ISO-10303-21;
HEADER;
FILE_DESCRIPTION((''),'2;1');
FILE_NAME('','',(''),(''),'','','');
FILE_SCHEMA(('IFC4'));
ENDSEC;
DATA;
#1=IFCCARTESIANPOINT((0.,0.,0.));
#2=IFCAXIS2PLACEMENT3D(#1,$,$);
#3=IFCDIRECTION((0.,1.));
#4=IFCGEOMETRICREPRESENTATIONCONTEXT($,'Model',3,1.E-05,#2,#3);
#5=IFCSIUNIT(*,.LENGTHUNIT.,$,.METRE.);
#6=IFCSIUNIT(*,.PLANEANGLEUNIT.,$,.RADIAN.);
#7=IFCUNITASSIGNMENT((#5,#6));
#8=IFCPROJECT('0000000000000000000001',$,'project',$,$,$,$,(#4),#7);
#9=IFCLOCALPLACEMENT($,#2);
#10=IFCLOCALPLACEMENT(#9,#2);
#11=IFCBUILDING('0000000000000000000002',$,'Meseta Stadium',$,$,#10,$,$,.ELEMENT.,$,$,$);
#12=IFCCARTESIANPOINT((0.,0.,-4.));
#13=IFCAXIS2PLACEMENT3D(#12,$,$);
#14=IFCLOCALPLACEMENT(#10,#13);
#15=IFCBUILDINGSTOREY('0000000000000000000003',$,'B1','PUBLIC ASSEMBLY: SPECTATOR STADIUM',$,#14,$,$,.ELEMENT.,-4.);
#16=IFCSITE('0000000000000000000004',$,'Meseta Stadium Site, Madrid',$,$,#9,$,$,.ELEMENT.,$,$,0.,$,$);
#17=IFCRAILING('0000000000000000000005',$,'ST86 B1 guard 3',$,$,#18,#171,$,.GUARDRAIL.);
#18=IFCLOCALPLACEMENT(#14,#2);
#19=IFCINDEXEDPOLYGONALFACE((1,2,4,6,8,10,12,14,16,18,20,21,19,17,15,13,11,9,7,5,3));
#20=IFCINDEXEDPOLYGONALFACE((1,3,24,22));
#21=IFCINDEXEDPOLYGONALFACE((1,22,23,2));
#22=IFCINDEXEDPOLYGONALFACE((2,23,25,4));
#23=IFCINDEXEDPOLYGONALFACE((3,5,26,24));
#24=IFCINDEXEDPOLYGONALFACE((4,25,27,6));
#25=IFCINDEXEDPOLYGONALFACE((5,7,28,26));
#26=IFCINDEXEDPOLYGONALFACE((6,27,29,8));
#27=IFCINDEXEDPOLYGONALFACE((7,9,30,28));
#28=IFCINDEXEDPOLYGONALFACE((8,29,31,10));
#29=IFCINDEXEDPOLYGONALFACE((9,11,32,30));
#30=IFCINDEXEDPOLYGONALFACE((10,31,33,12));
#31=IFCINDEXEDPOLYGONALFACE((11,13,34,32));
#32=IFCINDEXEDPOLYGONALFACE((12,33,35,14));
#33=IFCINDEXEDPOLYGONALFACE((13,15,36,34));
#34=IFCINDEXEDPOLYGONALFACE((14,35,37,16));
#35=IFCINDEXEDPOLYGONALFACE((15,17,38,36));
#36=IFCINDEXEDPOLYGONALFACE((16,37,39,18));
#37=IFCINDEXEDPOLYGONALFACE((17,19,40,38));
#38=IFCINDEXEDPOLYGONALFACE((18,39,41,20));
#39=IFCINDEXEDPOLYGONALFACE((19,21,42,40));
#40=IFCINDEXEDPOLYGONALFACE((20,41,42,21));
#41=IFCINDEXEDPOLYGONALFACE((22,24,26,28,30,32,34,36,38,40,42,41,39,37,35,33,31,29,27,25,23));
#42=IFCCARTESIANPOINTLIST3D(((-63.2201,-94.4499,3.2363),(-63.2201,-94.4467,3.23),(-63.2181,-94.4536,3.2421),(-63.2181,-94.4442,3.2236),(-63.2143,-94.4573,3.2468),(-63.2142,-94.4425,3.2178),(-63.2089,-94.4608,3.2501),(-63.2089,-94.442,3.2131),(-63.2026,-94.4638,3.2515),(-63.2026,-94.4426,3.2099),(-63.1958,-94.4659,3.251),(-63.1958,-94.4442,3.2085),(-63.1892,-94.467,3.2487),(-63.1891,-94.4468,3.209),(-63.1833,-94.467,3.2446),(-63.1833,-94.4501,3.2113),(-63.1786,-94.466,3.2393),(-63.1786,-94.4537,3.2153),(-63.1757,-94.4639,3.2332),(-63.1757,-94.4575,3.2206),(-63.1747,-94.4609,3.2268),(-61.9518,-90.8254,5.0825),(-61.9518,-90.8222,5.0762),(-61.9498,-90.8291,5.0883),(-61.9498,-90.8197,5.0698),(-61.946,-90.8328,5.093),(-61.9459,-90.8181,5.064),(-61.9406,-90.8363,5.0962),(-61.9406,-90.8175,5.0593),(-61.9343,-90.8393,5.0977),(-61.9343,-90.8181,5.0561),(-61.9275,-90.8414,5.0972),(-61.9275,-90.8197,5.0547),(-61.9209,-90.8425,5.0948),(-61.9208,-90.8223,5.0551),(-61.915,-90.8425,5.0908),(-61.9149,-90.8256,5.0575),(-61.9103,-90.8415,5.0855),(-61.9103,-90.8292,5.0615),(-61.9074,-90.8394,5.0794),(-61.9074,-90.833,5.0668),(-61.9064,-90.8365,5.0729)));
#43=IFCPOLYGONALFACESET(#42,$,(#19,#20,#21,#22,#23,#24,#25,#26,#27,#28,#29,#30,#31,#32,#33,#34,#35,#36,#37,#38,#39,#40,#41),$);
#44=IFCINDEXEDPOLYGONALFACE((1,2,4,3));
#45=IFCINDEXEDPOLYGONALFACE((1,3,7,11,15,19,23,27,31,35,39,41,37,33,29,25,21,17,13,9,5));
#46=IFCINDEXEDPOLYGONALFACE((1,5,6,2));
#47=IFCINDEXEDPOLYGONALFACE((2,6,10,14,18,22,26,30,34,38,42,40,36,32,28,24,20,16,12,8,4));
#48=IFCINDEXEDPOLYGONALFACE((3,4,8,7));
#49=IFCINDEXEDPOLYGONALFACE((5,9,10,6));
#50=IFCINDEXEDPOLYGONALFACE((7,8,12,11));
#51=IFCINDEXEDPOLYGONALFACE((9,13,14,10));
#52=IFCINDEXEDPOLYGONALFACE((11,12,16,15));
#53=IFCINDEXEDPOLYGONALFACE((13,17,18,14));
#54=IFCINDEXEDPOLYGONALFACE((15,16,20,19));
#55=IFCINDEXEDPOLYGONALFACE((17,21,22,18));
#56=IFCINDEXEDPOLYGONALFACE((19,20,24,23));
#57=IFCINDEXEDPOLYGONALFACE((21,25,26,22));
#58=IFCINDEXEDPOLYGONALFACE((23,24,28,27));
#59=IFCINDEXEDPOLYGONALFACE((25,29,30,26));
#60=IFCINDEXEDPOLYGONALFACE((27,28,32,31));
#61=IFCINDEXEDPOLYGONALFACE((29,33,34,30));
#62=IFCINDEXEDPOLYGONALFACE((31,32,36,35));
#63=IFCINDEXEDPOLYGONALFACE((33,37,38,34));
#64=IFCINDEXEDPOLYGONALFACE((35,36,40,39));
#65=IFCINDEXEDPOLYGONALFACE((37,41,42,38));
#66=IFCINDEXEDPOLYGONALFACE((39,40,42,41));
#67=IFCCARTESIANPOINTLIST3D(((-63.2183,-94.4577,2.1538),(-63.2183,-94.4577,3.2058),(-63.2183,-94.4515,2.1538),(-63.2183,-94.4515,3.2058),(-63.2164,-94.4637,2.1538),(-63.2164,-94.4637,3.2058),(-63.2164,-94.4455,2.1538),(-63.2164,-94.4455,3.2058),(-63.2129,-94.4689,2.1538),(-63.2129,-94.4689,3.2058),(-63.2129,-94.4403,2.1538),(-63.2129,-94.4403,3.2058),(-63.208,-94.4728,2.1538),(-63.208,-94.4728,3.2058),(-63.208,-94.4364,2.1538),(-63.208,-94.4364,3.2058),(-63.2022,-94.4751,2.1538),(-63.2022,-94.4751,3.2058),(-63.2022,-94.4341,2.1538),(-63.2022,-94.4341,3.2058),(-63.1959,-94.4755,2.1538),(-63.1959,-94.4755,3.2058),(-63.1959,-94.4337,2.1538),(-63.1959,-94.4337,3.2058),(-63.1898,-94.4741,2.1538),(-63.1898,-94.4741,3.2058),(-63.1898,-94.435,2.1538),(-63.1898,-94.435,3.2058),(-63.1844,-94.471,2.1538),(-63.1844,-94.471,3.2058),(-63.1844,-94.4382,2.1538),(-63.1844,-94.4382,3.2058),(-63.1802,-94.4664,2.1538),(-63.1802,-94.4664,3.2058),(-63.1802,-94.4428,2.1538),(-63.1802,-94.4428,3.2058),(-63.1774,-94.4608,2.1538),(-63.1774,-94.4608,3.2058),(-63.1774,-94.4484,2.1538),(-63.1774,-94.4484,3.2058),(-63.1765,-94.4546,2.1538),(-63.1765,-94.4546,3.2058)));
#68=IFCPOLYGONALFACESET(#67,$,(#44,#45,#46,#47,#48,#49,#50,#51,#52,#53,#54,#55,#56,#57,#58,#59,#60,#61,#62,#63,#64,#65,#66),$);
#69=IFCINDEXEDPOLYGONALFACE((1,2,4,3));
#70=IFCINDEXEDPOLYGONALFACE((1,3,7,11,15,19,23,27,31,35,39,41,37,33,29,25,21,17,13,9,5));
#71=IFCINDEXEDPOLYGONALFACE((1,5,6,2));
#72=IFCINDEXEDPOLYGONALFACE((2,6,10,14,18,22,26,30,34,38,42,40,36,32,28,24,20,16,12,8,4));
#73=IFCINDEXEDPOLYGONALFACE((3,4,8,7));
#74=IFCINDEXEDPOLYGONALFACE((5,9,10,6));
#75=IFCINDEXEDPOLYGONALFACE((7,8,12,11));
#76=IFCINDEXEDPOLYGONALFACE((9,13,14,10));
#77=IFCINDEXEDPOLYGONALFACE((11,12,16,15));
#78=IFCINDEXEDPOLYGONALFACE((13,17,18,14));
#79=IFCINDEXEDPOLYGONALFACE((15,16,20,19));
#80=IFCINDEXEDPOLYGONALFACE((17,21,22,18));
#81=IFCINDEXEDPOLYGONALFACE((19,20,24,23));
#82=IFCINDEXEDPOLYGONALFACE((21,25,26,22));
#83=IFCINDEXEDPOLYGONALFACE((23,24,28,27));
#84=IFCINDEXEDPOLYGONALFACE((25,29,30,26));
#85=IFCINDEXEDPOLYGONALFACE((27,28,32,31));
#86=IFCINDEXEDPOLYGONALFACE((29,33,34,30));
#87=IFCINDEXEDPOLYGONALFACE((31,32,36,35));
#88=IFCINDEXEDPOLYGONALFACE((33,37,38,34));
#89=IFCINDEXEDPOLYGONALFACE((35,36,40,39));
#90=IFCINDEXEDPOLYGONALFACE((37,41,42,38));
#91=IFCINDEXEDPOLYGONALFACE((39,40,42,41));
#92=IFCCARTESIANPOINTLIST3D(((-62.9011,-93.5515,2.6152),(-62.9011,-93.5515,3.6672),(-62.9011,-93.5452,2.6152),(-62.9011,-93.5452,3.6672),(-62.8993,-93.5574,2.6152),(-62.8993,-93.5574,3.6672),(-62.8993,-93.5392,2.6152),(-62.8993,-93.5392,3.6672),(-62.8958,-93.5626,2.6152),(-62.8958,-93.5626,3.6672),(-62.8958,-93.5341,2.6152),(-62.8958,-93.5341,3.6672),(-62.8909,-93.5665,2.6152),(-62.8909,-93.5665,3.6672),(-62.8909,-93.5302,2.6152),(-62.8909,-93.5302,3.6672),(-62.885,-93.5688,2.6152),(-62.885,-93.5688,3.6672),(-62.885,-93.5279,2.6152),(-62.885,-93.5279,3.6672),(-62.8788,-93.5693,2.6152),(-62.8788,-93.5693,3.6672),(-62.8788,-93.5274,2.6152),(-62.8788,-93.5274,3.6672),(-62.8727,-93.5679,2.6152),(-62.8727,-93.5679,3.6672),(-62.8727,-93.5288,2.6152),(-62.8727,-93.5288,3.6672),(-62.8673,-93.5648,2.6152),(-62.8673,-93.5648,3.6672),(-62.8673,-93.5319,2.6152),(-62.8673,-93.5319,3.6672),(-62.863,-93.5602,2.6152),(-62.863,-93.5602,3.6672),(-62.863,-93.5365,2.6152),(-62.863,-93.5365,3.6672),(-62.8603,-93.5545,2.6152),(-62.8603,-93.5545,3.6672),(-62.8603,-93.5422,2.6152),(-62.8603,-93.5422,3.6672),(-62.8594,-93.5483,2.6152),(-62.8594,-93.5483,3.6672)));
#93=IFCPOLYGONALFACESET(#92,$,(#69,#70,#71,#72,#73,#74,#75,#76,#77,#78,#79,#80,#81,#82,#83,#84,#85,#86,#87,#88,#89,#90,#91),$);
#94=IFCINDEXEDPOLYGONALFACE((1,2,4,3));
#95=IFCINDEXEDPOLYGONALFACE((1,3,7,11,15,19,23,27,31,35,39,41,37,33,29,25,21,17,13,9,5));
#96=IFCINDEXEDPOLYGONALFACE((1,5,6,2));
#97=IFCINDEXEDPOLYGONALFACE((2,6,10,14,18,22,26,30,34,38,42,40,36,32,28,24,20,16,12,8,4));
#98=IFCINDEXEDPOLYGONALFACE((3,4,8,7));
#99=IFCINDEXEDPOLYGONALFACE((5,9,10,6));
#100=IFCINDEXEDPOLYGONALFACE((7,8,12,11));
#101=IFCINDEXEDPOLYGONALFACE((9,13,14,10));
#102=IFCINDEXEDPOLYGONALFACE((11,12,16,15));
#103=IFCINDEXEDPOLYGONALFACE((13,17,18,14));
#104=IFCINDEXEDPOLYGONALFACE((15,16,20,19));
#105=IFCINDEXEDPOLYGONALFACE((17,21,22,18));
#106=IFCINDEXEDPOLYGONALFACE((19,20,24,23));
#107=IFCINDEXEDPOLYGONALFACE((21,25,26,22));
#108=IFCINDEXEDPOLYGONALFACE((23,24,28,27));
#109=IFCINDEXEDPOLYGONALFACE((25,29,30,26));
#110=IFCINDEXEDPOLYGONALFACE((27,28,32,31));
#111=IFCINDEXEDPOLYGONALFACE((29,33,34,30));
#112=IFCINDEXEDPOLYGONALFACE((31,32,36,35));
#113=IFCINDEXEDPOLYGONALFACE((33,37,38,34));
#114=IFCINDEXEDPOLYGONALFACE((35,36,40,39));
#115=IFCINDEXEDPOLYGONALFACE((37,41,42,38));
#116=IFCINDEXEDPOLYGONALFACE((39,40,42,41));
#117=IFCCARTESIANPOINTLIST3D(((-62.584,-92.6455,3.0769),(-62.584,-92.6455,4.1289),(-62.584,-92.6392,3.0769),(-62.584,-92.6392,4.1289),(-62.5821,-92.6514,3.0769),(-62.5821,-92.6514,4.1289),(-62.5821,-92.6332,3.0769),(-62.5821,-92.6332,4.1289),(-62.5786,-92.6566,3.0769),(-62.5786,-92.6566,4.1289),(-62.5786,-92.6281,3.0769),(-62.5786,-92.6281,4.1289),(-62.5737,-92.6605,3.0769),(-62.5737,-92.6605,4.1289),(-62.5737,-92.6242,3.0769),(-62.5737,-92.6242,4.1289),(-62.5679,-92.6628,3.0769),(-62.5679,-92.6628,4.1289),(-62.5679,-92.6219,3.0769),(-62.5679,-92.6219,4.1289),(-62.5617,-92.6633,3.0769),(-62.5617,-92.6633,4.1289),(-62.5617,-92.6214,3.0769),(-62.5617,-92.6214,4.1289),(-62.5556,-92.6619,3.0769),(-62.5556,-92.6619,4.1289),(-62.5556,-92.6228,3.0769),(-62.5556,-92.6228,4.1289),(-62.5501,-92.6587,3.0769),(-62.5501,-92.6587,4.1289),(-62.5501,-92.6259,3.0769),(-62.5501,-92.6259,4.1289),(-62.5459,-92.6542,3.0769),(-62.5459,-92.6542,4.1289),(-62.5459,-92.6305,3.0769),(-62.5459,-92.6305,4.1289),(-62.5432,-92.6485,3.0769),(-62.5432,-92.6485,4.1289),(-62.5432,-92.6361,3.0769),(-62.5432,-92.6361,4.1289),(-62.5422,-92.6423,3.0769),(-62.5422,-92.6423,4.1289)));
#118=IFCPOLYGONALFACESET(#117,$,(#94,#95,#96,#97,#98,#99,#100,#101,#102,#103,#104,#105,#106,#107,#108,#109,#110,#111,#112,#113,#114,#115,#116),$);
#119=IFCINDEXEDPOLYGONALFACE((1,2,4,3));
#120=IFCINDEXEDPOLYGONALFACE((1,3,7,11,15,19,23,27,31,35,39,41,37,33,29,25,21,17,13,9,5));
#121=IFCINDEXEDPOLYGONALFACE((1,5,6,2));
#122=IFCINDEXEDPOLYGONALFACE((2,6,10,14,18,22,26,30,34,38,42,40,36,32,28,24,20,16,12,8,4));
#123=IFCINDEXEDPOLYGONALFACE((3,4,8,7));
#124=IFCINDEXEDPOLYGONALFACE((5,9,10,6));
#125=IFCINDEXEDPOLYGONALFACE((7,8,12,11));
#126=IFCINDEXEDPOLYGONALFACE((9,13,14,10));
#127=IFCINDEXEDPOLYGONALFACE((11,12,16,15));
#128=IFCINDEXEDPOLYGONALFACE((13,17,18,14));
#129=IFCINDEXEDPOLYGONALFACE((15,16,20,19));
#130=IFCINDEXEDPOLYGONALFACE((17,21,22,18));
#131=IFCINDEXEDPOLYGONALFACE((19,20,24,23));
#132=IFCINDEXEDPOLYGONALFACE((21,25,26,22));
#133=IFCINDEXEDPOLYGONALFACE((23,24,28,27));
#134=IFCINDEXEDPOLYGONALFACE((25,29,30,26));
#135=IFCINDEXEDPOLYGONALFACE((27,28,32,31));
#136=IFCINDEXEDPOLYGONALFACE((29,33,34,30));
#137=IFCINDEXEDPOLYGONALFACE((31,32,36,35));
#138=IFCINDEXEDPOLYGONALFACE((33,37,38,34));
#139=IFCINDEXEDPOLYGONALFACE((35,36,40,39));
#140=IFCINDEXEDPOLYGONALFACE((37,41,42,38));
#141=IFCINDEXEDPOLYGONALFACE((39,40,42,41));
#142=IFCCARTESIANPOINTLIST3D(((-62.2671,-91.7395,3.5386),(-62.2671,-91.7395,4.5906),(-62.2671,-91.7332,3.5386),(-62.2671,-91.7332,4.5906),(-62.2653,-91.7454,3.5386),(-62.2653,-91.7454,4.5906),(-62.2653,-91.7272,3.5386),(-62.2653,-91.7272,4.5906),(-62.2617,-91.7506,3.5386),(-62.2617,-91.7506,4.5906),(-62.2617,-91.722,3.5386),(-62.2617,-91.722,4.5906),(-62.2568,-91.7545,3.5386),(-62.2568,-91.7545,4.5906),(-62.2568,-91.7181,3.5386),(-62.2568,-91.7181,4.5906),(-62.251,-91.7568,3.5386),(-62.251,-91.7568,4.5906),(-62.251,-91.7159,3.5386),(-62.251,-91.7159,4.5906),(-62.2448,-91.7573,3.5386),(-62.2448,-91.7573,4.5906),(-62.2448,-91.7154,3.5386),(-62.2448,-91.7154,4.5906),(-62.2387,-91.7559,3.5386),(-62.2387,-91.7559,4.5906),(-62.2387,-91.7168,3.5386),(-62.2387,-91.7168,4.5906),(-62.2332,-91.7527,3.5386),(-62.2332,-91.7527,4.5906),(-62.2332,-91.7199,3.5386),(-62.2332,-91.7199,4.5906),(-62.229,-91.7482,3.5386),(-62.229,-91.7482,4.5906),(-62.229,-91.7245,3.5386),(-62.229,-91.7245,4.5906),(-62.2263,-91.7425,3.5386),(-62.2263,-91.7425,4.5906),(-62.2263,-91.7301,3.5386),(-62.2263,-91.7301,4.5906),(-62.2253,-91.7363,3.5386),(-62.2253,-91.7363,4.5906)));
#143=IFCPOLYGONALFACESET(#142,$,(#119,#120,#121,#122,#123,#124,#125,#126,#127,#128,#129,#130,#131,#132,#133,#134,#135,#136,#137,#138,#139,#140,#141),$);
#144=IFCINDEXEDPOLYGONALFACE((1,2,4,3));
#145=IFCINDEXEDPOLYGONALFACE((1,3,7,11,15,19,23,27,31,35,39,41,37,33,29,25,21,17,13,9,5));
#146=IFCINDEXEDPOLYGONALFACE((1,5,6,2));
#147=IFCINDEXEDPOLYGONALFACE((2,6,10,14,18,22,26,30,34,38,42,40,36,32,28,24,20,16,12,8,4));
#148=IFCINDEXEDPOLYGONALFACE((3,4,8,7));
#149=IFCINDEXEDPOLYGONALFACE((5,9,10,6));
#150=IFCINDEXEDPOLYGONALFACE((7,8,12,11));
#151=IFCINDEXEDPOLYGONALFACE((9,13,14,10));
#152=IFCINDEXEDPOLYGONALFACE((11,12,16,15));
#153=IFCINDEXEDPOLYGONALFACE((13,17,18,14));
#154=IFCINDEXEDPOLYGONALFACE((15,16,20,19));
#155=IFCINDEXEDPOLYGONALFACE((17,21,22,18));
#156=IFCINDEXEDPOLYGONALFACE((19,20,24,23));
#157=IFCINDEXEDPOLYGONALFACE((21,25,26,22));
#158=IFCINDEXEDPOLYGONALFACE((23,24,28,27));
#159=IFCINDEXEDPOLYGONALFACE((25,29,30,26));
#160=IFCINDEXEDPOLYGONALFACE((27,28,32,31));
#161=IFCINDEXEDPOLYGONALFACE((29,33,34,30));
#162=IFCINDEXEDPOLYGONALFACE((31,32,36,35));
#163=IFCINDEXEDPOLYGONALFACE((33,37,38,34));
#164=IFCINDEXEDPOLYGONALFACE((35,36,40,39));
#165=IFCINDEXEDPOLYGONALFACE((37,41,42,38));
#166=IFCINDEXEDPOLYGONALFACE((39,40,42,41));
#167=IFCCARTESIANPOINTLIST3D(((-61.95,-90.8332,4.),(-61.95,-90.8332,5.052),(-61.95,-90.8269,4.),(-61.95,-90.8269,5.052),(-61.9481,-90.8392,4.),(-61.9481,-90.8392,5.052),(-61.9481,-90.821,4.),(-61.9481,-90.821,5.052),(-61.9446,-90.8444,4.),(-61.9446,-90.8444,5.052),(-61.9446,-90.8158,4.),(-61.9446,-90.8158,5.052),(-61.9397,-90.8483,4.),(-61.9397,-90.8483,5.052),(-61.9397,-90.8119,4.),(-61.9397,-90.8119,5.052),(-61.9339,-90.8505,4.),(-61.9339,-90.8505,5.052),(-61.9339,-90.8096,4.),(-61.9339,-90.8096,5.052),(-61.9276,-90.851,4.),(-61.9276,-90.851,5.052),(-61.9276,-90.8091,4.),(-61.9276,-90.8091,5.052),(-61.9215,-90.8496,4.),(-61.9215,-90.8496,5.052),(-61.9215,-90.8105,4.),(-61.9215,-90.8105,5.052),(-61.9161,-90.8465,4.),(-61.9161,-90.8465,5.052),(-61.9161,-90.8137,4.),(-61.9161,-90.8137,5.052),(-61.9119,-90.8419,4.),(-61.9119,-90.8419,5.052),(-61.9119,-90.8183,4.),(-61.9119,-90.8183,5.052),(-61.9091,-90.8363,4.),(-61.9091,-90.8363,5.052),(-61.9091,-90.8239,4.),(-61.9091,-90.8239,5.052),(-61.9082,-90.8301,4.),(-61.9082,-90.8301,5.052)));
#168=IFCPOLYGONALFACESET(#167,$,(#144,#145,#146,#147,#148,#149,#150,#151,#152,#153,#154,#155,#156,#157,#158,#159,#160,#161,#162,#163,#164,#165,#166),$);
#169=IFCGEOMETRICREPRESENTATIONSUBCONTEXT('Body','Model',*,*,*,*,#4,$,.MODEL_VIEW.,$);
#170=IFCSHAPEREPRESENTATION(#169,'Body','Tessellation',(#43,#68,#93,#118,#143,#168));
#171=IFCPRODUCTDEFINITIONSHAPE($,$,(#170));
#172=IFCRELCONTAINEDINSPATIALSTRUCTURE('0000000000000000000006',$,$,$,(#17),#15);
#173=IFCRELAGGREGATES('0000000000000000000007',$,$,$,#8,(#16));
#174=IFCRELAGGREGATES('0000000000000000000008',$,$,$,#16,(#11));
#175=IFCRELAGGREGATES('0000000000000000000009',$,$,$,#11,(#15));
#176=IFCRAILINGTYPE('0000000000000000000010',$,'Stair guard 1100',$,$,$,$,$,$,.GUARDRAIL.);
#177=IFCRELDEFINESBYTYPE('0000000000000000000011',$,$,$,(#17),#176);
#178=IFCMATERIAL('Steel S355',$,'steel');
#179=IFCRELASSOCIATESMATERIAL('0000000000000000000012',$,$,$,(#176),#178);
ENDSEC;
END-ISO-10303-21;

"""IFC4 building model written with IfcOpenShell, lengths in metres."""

from ifc_helpers import new_model, si_unit, direction, frame, origin, origin_2d, place, context, subcontext, project, spatial, circle, extrude, material, type_object, element, save


model = new_model("IFC4")

# Units and contexts
model_context = context("Model", 3, precision=1e-05, world=origin(), true_north=direction((0.0, 1.0)))
body_context = subcontext(model_context, "Body", "Model", "MODEL_VIEW")
ifc_project = project(units=[si_unit("LENGTHUNIT", "METRE"), si_unit("PLANEANGLEUNIT", "RADIAN")], contexts=[model_context])

# Site, building, storey
site_placement = place(None, origin())
site = spatial("IfcSite", under=ifc_project, at=site_placement, Name="Meseta Stadium Site, Madrid", CompositionType="ELEMENT", RefElevation=0.0)
building_placement = place(site_placement, origin())
building = spatial("IfcBuilding", under=site, at=building_placement, Name="Meseta Stadium", CompositionType="ELEMENT")
storey_placement = place(building_placement, frame((0.0, 0.0, -4.0)))
storey = spatial("IfcBuildingStorey", under=building, at=storey_placement, Name="B1", Description="PUBLIC ASSEMBLY: SPECTATOR STADIUM", CompositionType="ELEMENT", Elevation=-4.0)

# Railing
ifc_material_1 = material(Name="Steel S355", Category="steel")
railing_type_1 = type_object("IfcRailingType", Name="Stair guard 1100", PredefinedType="GUARDRAIL", material=ifc_material_1)
railing_1_placement = place(storey_placement, frame((-63.1975, -94.4546, 2.1538)))
element("IfcRailing", 1, at=railing_1_placement, inside=storey, type_object=railing_type_1, Name="ST86 B1 guard 3", PredefinedType="GUARDRAIL", context=body_context, shape_type="SweptSolid", body=[
    extrude(circle(Radius=0.0239, at=origin_2d()), frame((0.0, 0.0, 1.0762), z_axis=(0.297672, 0.850672, 0.4333), x_axis=(-0.94388, 0.330288, 0.0)), (0.0, 0.0, 1.0), 4.2607),
    extrude(circle(Radius=0.021, at=origin_2d()), origin(), (0.0, 0.0, 1.0), 1.052),
    extrude(circle(Radius=0.021, at=origin_2d()), frame((0.3171, 0.9062, 0.4614)), (0.0, 0.0, 1.0), 1.052),
    extrude(circle(Radius=0.021, at=origin_2d()), frame((0.6343, 1.8123, 0.9231)), (0.0, 0.0, 1.0), 1.052),
    extrude(circle(Radius=0.021, at=origin_2d()), frame((0.9512, 2.7183, 1.3848)), (0.0, 0.0, 1.0), 1.052),
    extrude(circle(Radius=0.021, at=origin_2d()), frame((1.2683, 3.6245, 1.8462)), (0.0, 0.0, 1.0), 1.052),
])

save(model, "model.ifc")
